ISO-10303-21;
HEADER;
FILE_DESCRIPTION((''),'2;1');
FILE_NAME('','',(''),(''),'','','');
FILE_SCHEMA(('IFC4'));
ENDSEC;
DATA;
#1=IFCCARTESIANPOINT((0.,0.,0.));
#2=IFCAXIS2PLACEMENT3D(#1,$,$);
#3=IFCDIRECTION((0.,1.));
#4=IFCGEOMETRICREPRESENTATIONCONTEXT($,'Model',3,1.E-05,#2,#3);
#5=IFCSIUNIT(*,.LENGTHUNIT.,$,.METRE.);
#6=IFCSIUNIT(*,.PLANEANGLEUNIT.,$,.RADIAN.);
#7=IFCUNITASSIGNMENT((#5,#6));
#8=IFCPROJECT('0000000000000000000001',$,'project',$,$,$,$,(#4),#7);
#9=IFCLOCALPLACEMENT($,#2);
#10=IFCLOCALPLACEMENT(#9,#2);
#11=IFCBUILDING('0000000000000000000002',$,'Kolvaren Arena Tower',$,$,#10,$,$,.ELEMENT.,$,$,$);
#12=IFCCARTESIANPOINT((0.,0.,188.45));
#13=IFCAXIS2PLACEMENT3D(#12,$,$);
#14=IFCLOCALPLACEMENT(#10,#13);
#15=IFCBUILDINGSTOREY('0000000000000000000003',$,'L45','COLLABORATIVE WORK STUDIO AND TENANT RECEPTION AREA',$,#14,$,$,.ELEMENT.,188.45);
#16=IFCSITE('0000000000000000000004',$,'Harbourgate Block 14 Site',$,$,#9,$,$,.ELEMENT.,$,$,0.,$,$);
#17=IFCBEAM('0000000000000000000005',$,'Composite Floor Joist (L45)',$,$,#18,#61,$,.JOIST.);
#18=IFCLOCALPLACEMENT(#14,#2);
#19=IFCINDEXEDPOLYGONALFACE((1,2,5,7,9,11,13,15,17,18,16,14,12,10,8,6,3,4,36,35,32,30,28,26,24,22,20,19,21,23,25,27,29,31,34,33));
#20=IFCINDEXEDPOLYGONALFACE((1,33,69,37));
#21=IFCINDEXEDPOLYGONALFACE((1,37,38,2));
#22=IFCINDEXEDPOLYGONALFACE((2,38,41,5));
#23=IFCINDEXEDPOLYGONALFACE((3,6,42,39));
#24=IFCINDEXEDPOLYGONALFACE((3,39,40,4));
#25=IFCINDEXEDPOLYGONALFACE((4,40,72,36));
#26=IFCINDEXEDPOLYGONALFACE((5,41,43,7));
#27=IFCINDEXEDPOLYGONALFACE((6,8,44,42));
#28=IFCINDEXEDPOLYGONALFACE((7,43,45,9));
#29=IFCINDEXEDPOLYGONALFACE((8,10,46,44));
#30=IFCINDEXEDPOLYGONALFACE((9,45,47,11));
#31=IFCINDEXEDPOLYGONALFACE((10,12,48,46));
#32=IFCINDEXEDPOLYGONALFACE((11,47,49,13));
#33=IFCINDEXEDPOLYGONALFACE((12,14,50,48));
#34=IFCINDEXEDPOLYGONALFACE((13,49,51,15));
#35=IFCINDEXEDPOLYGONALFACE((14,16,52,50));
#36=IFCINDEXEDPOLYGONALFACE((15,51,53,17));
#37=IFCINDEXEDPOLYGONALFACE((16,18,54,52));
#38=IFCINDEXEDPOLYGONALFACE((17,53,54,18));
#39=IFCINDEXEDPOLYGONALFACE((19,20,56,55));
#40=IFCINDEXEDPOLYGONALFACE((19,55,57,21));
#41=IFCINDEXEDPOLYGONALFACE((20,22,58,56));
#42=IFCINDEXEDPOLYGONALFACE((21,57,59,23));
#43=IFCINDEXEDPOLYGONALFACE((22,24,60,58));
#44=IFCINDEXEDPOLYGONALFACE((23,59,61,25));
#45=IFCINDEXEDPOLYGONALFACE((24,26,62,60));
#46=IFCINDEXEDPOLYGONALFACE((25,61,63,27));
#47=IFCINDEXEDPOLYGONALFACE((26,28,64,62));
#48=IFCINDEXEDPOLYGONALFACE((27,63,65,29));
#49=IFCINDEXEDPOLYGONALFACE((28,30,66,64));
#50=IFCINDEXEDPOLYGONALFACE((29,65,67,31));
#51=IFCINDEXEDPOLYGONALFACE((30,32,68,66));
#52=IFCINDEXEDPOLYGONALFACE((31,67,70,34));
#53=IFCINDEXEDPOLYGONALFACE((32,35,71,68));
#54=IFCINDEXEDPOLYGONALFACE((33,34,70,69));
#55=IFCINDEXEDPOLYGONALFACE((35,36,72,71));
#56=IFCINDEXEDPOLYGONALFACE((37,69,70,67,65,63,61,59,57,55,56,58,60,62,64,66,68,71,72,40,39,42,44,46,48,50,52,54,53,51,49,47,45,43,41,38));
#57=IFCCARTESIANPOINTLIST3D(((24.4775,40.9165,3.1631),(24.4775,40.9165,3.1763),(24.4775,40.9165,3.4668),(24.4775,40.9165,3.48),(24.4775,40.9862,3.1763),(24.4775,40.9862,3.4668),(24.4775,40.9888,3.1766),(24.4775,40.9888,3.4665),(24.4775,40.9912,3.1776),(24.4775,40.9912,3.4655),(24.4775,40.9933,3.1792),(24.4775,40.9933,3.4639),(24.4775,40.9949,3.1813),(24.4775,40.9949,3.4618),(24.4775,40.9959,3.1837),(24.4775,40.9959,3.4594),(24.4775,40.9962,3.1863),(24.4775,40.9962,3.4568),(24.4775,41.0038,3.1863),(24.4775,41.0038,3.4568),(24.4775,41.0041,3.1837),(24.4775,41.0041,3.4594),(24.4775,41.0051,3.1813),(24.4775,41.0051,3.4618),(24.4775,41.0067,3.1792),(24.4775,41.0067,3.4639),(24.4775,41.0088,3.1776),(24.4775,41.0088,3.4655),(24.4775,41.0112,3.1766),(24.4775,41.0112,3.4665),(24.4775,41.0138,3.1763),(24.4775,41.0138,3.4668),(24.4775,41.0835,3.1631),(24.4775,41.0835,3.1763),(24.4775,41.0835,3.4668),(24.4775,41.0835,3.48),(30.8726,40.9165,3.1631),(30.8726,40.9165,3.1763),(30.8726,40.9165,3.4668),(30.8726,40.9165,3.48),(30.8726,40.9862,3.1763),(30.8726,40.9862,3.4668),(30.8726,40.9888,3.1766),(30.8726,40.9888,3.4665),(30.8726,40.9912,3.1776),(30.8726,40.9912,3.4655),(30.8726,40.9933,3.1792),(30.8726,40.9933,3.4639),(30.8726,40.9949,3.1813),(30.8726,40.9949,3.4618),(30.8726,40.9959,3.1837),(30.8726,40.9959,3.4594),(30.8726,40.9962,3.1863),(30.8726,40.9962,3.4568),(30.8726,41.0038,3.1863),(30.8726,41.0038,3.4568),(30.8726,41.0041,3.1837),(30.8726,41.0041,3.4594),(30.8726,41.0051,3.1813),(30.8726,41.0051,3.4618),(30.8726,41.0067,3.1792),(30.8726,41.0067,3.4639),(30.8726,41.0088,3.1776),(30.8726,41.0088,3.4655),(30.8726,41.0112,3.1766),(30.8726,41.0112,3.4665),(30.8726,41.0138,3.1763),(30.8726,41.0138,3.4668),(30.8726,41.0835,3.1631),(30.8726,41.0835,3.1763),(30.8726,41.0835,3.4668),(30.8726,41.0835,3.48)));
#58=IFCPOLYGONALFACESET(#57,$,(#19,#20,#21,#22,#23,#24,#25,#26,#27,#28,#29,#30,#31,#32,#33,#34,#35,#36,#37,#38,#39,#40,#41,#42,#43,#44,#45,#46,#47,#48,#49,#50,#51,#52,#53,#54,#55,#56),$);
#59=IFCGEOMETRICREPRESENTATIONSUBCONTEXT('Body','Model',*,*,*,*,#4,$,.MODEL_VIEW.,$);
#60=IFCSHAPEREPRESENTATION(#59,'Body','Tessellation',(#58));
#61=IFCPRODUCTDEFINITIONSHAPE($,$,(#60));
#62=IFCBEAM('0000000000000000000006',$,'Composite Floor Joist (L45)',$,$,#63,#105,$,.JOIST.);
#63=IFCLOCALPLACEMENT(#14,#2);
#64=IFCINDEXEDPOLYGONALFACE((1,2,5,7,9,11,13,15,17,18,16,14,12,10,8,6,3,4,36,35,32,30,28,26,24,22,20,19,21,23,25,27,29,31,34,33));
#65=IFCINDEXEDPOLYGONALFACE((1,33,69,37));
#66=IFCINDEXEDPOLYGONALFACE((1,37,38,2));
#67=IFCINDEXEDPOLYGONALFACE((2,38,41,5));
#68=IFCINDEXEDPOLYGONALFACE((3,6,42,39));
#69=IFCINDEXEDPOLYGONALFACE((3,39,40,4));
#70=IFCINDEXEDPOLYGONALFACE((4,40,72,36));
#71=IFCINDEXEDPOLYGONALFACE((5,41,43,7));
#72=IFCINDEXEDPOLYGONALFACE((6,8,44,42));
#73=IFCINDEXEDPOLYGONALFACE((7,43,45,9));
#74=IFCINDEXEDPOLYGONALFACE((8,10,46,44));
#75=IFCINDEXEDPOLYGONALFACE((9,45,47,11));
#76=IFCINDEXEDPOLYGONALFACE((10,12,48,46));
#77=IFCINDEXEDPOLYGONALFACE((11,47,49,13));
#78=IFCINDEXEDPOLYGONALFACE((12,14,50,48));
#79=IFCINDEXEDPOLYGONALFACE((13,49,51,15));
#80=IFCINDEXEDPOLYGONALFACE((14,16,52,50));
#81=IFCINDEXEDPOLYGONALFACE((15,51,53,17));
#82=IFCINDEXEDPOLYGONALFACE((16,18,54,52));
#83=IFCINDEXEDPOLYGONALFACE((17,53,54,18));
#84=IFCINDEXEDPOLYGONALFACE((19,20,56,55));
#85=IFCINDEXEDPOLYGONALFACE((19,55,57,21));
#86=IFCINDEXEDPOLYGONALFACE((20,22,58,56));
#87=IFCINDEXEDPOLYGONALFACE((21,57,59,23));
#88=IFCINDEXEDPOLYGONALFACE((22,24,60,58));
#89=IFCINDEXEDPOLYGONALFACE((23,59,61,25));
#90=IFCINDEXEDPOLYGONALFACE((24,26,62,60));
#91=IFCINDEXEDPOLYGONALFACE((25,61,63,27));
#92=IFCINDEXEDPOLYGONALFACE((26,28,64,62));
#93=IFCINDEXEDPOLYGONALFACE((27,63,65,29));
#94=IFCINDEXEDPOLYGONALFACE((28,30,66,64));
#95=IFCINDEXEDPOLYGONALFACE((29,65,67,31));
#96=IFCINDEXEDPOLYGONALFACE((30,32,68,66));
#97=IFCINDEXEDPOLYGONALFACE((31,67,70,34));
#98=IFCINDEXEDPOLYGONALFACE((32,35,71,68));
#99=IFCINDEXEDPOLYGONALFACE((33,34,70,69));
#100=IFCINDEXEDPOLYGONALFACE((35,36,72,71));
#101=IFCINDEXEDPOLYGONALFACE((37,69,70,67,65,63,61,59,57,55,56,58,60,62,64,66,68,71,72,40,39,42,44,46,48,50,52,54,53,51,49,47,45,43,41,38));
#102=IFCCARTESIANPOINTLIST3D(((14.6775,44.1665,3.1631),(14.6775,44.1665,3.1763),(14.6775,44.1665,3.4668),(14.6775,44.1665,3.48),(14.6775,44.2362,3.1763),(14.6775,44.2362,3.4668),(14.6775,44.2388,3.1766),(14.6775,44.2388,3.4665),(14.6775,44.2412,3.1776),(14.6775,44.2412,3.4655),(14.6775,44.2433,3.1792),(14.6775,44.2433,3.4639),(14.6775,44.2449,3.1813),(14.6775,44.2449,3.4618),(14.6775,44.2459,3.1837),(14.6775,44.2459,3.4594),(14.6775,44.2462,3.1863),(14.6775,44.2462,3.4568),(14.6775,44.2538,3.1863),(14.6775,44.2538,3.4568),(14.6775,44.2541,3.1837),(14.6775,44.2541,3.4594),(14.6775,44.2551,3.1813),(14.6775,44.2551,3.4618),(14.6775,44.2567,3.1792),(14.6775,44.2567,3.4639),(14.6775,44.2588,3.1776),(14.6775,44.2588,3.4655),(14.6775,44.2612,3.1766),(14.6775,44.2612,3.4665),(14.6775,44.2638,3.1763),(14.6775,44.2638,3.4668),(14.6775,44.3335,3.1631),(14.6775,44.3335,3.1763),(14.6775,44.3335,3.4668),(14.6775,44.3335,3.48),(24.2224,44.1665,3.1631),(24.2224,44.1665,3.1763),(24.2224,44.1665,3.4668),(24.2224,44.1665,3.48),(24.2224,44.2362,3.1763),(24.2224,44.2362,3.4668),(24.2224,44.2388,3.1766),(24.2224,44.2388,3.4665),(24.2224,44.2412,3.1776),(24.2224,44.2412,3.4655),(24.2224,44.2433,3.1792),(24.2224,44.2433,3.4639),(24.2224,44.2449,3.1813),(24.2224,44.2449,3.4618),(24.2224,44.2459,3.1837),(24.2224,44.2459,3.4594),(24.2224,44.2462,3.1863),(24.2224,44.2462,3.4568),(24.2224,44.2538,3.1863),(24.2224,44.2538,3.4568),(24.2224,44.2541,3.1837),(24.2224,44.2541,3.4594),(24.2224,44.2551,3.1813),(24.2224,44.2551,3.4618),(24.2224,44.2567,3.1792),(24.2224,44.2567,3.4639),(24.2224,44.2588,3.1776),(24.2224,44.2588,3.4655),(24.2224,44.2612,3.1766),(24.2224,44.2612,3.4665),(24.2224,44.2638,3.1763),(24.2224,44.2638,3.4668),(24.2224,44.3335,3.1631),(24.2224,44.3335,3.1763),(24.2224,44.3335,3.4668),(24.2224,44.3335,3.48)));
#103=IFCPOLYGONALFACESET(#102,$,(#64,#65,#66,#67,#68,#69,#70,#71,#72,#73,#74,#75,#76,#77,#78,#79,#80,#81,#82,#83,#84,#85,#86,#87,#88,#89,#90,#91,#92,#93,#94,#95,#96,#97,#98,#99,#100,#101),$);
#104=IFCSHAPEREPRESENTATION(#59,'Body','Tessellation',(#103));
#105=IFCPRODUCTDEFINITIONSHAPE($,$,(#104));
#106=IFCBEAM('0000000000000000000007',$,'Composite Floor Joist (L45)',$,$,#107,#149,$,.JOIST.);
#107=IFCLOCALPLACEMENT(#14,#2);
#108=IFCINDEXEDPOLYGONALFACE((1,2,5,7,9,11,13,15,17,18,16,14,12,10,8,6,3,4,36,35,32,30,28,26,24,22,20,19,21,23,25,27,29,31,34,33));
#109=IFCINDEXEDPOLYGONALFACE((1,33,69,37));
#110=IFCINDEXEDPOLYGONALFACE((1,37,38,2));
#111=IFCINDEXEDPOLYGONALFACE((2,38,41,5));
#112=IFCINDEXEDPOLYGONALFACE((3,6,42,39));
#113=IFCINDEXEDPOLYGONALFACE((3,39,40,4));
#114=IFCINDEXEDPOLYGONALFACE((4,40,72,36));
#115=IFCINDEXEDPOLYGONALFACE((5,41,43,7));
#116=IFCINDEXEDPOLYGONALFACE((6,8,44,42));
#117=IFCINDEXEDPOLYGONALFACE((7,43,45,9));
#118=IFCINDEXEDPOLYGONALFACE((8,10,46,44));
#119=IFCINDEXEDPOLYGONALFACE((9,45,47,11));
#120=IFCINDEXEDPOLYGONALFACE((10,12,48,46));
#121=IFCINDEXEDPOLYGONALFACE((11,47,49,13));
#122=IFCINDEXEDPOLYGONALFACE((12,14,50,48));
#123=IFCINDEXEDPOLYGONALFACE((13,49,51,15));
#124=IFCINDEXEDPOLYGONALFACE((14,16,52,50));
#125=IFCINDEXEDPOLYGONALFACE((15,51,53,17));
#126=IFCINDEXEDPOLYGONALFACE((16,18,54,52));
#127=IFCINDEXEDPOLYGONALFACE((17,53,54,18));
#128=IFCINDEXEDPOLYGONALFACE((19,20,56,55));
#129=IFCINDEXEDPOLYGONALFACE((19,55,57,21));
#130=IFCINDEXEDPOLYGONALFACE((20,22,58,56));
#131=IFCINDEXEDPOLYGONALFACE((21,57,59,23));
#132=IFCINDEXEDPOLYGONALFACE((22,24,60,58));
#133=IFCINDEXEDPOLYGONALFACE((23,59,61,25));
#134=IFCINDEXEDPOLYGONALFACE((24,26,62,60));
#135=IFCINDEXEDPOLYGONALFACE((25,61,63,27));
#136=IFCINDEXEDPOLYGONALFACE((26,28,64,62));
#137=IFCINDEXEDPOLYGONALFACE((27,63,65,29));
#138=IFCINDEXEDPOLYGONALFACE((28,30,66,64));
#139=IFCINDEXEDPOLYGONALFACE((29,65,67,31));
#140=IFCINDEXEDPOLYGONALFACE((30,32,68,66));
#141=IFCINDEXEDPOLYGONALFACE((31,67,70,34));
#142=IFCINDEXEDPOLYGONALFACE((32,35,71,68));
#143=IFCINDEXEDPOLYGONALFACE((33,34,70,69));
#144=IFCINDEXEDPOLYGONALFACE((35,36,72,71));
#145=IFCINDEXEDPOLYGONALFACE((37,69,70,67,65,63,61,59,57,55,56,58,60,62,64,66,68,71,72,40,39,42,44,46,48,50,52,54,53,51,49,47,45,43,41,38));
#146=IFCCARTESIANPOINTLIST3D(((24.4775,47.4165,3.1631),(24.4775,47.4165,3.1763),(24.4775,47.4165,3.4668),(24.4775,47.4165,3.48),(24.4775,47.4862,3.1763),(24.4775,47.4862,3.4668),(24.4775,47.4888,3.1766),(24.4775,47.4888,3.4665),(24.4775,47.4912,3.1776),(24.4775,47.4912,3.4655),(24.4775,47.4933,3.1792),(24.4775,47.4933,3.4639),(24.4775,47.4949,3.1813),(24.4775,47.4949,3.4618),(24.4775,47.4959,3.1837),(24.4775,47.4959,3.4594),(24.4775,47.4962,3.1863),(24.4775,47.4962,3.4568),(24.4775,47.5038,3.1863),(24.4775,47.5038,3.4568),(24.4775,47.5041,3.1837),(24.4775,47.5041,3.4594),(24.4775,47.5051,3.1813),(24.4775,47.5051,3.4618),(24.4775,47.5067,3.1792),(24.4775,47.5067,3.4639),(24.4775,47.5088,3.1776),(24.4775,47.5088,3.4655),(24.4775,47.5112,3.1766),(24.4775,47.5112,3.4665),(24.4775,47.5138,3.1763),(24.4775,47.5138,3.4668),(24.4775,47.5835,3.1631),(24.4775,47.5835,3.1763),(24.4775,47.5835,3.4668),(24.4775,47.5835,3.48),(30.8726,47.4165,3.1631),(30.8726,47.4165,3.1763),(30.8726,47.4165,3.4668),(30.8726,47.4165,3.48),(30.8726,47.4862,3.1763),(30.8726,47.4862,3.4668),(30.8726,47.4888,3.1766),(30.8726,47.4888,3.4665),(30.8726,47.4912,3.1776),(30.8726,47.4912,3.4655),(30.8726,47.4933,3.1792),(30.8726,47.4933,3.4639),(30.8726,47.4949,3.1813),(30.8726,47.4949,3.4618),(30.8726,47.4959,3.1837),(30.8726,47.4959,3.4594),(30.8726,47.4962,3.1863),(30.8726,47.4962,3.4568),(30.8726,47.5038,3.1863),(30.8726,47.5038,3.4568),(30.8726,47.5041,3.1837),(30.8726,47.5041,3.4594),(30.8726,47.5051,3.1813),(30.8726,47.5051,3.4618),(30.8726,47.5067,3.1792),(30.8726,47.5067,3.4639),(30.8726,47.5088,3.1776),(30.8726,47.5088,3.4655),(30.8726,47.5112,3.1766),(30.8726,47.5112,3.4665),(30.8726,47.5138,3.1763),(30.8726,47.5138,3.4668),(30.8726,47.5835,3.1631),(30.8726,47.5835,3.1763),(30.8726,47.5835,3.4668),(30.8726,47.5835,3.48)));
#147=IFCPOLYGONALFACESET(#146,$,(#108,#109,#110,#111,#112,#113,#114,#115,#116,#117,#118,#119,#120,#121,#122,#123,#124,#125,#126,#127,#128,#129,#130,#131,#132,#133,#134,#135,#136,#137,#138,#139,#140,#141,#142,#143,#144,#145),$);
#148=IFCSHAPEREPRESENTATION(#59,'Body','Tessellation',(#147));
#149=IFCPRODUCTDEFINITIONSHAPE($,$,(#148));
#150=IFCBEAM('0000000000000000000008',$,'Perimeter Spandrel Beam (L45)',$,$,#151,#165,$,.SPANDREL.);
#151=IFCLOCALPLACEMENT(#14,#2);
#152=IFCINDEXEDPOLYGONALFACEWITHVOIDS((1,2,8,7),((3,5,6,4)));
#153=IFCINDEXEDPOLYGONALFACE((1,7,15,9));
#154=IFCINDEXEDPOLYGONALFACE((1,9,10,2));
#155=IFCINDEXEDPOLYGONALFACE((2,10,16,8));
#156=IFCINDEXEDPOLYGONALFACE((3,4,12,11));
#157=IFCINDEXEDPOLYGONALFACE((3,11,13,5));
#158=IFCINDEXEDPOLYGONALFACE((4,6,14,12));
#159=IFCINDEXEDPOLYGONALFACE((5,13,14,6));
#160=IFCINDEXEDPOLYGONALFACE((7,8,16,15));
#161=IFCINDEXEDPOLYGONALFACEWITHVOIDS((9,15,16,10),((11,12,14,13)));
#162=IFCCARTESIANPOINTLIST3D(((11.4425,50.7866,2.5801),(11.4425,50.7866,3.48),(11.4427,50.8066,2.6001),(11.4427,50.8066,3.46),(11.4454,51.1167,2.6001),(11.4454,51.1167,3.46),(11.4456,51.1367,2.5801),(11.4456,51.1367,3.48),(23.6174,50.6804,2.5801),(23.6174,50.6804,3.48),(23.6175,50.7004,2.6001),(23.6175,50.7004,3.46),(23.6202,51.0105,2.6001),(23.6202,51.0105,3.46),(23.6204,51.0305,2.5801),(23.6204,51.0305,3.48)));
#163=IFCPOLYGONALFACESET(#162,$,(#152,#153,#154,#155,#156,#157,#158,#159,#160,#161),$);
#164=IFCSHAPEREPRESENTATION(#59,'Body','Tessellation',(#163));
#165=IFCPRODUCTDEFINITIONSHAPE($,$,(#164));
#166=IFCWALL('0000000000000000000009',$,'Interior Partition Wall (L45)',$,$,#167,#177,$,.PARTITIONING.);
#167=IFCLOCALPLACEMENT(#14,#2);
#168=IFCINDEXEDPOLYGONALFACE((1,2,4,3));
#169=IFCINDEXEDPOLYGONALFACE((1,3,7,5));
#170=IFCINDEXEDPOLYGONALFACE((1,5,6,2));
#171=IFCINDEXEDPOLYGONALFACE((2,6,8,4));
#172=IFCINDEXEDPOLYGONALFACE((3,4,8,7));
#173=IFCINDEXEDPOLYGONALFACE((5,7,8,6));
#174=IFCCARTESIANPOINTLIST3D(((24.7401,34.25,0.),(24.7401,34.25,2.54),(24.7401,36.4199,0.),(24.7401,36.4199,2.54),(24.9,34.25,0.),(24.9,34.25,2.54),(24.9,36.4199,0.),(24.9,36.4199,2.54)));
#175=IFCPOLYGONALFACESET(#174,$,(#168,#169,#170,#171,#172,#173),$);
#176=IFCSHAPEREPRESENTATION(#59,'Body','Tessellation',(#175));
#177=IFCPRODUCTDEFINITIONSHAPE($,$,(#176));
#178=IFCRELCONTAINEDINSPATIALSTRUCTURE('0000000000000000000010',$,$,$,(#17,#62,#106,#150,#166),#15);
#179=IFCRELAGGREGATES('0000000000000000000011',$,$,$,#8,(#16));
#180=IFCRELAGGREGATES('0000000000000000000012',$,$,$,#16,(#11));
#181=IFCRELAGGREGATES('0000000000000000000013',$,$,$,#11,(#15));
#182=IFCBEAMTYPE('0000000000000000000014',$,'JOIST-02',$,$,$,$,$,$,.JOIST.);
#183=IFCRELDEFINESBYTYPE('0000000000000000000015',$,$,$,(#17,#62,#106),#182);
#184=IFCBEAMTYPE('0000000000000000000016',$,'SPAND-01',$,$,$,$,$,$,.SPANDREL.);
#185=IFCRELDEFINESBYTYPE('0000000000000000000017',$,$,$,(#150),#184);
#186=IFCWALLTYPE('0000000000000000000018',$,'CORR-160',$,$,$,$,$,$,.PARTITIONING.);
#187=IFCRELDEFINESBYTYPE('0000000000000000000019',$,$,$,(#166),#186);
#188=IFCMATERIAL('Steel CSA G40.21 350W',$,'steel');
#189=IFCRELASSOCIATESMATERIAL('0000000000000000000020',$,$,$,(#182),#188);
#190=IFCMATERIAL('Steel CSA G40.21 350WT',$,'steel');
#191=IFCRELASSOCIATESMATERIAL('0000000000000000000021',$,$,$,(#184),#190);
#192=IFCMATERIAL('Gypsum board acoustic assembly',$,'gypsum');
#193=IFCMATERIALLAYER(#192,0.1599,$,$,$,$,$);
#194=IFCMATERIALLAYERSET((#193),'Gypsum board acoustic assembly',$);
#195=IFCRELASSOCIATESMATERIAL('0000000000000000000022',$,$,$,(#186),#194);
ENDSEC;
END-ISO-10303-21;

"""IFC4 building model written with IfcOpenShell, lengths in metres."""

from ifc_helpers import new_model, si_unit, direction, frame, frame_2d, origin, origin_2d, place, context, subcontext, project, spatial, rectangle, hollow_rectangle, i_section, extrude, material, layer, layer_set, material_profile, profile_set, type_object, element, save


model = new_model("IFC4")

# Units and contexts
model_context = context("Model", 3, precision=1e-05, world=origin(), true_north=direction((0.0, 1.0)))
body_context = subcontext(model_context, "Body", "Model", "MODEL_VIEW")
ifc_project = project(units=[si_unit("LENGTHUNIT", "METRE"), si_unit("PLANEANGLEUNIT", "RADIAN")], contexts=[model_context])

# Site, building, storey
site_placement = place(None, origin())
site = spatial("IfcSite", under=ifc_project, at=site_placement, Name="Harbourgate Block 14 Site", CompositionType="ELEMENT", RefElevation=0.0)
building_placement = place(site_placement, origin())
building = spatial("IfcBuilding", under=site, at=building_placement, Name="Kolvaren Arena Tower", CompositionType="ELEMENT")
storey_placement = place(building_placement, frame((0.0, 0.0, 188.45)))
storey = spatial("IfcBuildingStorey", under=building, at=storey_placement, Name="L45", Description="COLLABORATIVE WORK STUDIO AND TENANT RECEPTION AREA", CompositionType="ELEMENT", Elevation=188.45)

# Beams
ifc_material_1 = material(Name="Steel CSA G40.21 350W", Category="steel")
ifc_material_profile_1 = material_profile(ifc_material_1, i_section(OverallWidth=0.167, OverallDepth=0.3169, WebThickness=0.0076, FlangeThickness=0.0132, FilletRadius=0.01, at=origin_2d()), Name="W310x52")
ifc_profile_set_1 = profile_set([ifc_material_profile_1], Name="Steel CSA G40.21 350W")
beam_type_1 = type_object("IfcBeamType", Name="JOIST-02", PredefinedType="JOIST", material=ifc_profile_set_1)
beam_1_placement = place(storey_placement, frame((24.4775, 41.0, 3.3215), z_axis=(1.0, 0.0, 0.0), x_axis=(0.0, 1.0, 0.0)))
element("IfcBeam", 1, at=beam_1_placement, inside=storey, type_object=beam_type_1, Name="Composite Floor Joist (L45)", PredefinedType="JOIST", context=body_context, shape_type="SweptSolid", body=[
    extrude(i_section(OverallWidth=0.167, OverallDepth=0.3169, WebThickness=0.0076, FlangeThickness=0.0132, FilletRadius=0.01, at=origin_2d()), origin(), (0.0, 0.0, 1.0), 6.395),
])
beam_2_placement = place(storey_placement, frame((14.6775, 44.25, 3.3215), z_axis=(1.0, 0.0, 0.0), x_axis=(0.0, 1.0, 0.0)))
element("IfcBeam", 2, at=beam_2_placement, inside=storey, type_object=beam_type_1, Name="Composite Floor Joist (L45)", PredefinedType="JOIST", context=body_context, shape_type="SweptSolid", body=[
    extrude(i_section(OverallWidth=0.167, OverallDepth=0.3169, WebThickness=0.0076, FlangeThickness=0.0132, FilletRadius=0.01, at=origin_2d()), origin(), (0.0, 0.0, 1.0), 9.5449),
])
beam_3_placement = place(storey_placement, frame((24.4775, 47.5, 3.3215), z_axis=(1.0, 0.0, 0.0), x_axis=(0.0, 1.0, 0.0)))
element("IfcBeam", 3, at=beam_3_placement, inside=storey, type_object=beam_type_1, Name="Composite Floor Joist (L45)", PredefinedType="JOIST", context=body_context, shape_type="SweptSolid", body=[
    extrude(i_section(OverallWidth=0.167, OverallDepth=0.3169, WebThickness=0.0076, FlangeThickness=0.0132, FilletRadius=0.01, at=origin_2d()), origin(), (0.0, 0.0, 1.0), 6.395),
])
ifc_material_2 = material(Name="Steel CSA G40.21 350WT", Category="steel")
ifc_material_profile_2 = material_profile(ifc_material_2, hollow_rectangle(XDim=0.3501, YDim=0.8999, WallThickness=0.02, at=origin_2d()), Name="HSS 900x350x20")
ifc_profile_set_2 = profile_set([ifc_material_profile_2], Name="Steel CSA G40.21 350WT")
beam_type_2 = type_object("IfcBeamType", Name="SPAND-01", PredefinedType="SPANDREL", material=ifc_profile_set_2)
beam_4_placement = place(storey_placement, frame((23.6189, 50.8555, 3.03), z_axis=(-0.999962, 0.008723, 0.0), x_axis=(-0.008723, -0.999962, 0.0)))
element("IfcBeam", 4, at=beam_4_placement, inside=storey, type_object=beam_type_2, Name="Perimeter Spandrel Beam (L45)", PredefinedType="SPANDREL", context=body_context, shape_type="SweptSolid", body=[
    extrude(hollow_rectangle(XDim=0.3501, YDim=0.8999, WallThickness=0.02, at=origin_2d()), origin(), (0.0, 0.0, 1.0), 12.1753),
])

# Wall
ifc_material_3 = material(Name="Gypsum board acoustic assembly", Category="gypsum")
ifc_layer_1 = layer(ifc_material_3, 0.1599)
ifc_layer_set_1 = layer_set([ifc_layer_1], Name="Gypsum board acoustic assembly")
wall_type_1 = type_object("IfcWallType", Name="CORR-160", PredefinedType="PARTITIONING", material=ifc_layer_set_1)
wall_1_placement = place(storey_placement, frame((24.8201, 34.25, 0.0), z_axis=(0.0, 0.0, 1.0), x_axis=(0.0, 1.0, 0.0)))
element("IfcWall", 5, at=wall_1_placement, inside=storey, type_object=wall_type_1, Name="Interior Partition Wall (L45)", PredefinedType="PARTITIONING", context=body_context, shape_type="SweptSolid", body=[
    extrude(rectangle(XDim=2.1699, YDim=0.1599, at=frame_2d((1.085, 0.0))), origin(), (0.0, 0.0, 1.0), 2.54),
])

save(model, "model.ifc")
